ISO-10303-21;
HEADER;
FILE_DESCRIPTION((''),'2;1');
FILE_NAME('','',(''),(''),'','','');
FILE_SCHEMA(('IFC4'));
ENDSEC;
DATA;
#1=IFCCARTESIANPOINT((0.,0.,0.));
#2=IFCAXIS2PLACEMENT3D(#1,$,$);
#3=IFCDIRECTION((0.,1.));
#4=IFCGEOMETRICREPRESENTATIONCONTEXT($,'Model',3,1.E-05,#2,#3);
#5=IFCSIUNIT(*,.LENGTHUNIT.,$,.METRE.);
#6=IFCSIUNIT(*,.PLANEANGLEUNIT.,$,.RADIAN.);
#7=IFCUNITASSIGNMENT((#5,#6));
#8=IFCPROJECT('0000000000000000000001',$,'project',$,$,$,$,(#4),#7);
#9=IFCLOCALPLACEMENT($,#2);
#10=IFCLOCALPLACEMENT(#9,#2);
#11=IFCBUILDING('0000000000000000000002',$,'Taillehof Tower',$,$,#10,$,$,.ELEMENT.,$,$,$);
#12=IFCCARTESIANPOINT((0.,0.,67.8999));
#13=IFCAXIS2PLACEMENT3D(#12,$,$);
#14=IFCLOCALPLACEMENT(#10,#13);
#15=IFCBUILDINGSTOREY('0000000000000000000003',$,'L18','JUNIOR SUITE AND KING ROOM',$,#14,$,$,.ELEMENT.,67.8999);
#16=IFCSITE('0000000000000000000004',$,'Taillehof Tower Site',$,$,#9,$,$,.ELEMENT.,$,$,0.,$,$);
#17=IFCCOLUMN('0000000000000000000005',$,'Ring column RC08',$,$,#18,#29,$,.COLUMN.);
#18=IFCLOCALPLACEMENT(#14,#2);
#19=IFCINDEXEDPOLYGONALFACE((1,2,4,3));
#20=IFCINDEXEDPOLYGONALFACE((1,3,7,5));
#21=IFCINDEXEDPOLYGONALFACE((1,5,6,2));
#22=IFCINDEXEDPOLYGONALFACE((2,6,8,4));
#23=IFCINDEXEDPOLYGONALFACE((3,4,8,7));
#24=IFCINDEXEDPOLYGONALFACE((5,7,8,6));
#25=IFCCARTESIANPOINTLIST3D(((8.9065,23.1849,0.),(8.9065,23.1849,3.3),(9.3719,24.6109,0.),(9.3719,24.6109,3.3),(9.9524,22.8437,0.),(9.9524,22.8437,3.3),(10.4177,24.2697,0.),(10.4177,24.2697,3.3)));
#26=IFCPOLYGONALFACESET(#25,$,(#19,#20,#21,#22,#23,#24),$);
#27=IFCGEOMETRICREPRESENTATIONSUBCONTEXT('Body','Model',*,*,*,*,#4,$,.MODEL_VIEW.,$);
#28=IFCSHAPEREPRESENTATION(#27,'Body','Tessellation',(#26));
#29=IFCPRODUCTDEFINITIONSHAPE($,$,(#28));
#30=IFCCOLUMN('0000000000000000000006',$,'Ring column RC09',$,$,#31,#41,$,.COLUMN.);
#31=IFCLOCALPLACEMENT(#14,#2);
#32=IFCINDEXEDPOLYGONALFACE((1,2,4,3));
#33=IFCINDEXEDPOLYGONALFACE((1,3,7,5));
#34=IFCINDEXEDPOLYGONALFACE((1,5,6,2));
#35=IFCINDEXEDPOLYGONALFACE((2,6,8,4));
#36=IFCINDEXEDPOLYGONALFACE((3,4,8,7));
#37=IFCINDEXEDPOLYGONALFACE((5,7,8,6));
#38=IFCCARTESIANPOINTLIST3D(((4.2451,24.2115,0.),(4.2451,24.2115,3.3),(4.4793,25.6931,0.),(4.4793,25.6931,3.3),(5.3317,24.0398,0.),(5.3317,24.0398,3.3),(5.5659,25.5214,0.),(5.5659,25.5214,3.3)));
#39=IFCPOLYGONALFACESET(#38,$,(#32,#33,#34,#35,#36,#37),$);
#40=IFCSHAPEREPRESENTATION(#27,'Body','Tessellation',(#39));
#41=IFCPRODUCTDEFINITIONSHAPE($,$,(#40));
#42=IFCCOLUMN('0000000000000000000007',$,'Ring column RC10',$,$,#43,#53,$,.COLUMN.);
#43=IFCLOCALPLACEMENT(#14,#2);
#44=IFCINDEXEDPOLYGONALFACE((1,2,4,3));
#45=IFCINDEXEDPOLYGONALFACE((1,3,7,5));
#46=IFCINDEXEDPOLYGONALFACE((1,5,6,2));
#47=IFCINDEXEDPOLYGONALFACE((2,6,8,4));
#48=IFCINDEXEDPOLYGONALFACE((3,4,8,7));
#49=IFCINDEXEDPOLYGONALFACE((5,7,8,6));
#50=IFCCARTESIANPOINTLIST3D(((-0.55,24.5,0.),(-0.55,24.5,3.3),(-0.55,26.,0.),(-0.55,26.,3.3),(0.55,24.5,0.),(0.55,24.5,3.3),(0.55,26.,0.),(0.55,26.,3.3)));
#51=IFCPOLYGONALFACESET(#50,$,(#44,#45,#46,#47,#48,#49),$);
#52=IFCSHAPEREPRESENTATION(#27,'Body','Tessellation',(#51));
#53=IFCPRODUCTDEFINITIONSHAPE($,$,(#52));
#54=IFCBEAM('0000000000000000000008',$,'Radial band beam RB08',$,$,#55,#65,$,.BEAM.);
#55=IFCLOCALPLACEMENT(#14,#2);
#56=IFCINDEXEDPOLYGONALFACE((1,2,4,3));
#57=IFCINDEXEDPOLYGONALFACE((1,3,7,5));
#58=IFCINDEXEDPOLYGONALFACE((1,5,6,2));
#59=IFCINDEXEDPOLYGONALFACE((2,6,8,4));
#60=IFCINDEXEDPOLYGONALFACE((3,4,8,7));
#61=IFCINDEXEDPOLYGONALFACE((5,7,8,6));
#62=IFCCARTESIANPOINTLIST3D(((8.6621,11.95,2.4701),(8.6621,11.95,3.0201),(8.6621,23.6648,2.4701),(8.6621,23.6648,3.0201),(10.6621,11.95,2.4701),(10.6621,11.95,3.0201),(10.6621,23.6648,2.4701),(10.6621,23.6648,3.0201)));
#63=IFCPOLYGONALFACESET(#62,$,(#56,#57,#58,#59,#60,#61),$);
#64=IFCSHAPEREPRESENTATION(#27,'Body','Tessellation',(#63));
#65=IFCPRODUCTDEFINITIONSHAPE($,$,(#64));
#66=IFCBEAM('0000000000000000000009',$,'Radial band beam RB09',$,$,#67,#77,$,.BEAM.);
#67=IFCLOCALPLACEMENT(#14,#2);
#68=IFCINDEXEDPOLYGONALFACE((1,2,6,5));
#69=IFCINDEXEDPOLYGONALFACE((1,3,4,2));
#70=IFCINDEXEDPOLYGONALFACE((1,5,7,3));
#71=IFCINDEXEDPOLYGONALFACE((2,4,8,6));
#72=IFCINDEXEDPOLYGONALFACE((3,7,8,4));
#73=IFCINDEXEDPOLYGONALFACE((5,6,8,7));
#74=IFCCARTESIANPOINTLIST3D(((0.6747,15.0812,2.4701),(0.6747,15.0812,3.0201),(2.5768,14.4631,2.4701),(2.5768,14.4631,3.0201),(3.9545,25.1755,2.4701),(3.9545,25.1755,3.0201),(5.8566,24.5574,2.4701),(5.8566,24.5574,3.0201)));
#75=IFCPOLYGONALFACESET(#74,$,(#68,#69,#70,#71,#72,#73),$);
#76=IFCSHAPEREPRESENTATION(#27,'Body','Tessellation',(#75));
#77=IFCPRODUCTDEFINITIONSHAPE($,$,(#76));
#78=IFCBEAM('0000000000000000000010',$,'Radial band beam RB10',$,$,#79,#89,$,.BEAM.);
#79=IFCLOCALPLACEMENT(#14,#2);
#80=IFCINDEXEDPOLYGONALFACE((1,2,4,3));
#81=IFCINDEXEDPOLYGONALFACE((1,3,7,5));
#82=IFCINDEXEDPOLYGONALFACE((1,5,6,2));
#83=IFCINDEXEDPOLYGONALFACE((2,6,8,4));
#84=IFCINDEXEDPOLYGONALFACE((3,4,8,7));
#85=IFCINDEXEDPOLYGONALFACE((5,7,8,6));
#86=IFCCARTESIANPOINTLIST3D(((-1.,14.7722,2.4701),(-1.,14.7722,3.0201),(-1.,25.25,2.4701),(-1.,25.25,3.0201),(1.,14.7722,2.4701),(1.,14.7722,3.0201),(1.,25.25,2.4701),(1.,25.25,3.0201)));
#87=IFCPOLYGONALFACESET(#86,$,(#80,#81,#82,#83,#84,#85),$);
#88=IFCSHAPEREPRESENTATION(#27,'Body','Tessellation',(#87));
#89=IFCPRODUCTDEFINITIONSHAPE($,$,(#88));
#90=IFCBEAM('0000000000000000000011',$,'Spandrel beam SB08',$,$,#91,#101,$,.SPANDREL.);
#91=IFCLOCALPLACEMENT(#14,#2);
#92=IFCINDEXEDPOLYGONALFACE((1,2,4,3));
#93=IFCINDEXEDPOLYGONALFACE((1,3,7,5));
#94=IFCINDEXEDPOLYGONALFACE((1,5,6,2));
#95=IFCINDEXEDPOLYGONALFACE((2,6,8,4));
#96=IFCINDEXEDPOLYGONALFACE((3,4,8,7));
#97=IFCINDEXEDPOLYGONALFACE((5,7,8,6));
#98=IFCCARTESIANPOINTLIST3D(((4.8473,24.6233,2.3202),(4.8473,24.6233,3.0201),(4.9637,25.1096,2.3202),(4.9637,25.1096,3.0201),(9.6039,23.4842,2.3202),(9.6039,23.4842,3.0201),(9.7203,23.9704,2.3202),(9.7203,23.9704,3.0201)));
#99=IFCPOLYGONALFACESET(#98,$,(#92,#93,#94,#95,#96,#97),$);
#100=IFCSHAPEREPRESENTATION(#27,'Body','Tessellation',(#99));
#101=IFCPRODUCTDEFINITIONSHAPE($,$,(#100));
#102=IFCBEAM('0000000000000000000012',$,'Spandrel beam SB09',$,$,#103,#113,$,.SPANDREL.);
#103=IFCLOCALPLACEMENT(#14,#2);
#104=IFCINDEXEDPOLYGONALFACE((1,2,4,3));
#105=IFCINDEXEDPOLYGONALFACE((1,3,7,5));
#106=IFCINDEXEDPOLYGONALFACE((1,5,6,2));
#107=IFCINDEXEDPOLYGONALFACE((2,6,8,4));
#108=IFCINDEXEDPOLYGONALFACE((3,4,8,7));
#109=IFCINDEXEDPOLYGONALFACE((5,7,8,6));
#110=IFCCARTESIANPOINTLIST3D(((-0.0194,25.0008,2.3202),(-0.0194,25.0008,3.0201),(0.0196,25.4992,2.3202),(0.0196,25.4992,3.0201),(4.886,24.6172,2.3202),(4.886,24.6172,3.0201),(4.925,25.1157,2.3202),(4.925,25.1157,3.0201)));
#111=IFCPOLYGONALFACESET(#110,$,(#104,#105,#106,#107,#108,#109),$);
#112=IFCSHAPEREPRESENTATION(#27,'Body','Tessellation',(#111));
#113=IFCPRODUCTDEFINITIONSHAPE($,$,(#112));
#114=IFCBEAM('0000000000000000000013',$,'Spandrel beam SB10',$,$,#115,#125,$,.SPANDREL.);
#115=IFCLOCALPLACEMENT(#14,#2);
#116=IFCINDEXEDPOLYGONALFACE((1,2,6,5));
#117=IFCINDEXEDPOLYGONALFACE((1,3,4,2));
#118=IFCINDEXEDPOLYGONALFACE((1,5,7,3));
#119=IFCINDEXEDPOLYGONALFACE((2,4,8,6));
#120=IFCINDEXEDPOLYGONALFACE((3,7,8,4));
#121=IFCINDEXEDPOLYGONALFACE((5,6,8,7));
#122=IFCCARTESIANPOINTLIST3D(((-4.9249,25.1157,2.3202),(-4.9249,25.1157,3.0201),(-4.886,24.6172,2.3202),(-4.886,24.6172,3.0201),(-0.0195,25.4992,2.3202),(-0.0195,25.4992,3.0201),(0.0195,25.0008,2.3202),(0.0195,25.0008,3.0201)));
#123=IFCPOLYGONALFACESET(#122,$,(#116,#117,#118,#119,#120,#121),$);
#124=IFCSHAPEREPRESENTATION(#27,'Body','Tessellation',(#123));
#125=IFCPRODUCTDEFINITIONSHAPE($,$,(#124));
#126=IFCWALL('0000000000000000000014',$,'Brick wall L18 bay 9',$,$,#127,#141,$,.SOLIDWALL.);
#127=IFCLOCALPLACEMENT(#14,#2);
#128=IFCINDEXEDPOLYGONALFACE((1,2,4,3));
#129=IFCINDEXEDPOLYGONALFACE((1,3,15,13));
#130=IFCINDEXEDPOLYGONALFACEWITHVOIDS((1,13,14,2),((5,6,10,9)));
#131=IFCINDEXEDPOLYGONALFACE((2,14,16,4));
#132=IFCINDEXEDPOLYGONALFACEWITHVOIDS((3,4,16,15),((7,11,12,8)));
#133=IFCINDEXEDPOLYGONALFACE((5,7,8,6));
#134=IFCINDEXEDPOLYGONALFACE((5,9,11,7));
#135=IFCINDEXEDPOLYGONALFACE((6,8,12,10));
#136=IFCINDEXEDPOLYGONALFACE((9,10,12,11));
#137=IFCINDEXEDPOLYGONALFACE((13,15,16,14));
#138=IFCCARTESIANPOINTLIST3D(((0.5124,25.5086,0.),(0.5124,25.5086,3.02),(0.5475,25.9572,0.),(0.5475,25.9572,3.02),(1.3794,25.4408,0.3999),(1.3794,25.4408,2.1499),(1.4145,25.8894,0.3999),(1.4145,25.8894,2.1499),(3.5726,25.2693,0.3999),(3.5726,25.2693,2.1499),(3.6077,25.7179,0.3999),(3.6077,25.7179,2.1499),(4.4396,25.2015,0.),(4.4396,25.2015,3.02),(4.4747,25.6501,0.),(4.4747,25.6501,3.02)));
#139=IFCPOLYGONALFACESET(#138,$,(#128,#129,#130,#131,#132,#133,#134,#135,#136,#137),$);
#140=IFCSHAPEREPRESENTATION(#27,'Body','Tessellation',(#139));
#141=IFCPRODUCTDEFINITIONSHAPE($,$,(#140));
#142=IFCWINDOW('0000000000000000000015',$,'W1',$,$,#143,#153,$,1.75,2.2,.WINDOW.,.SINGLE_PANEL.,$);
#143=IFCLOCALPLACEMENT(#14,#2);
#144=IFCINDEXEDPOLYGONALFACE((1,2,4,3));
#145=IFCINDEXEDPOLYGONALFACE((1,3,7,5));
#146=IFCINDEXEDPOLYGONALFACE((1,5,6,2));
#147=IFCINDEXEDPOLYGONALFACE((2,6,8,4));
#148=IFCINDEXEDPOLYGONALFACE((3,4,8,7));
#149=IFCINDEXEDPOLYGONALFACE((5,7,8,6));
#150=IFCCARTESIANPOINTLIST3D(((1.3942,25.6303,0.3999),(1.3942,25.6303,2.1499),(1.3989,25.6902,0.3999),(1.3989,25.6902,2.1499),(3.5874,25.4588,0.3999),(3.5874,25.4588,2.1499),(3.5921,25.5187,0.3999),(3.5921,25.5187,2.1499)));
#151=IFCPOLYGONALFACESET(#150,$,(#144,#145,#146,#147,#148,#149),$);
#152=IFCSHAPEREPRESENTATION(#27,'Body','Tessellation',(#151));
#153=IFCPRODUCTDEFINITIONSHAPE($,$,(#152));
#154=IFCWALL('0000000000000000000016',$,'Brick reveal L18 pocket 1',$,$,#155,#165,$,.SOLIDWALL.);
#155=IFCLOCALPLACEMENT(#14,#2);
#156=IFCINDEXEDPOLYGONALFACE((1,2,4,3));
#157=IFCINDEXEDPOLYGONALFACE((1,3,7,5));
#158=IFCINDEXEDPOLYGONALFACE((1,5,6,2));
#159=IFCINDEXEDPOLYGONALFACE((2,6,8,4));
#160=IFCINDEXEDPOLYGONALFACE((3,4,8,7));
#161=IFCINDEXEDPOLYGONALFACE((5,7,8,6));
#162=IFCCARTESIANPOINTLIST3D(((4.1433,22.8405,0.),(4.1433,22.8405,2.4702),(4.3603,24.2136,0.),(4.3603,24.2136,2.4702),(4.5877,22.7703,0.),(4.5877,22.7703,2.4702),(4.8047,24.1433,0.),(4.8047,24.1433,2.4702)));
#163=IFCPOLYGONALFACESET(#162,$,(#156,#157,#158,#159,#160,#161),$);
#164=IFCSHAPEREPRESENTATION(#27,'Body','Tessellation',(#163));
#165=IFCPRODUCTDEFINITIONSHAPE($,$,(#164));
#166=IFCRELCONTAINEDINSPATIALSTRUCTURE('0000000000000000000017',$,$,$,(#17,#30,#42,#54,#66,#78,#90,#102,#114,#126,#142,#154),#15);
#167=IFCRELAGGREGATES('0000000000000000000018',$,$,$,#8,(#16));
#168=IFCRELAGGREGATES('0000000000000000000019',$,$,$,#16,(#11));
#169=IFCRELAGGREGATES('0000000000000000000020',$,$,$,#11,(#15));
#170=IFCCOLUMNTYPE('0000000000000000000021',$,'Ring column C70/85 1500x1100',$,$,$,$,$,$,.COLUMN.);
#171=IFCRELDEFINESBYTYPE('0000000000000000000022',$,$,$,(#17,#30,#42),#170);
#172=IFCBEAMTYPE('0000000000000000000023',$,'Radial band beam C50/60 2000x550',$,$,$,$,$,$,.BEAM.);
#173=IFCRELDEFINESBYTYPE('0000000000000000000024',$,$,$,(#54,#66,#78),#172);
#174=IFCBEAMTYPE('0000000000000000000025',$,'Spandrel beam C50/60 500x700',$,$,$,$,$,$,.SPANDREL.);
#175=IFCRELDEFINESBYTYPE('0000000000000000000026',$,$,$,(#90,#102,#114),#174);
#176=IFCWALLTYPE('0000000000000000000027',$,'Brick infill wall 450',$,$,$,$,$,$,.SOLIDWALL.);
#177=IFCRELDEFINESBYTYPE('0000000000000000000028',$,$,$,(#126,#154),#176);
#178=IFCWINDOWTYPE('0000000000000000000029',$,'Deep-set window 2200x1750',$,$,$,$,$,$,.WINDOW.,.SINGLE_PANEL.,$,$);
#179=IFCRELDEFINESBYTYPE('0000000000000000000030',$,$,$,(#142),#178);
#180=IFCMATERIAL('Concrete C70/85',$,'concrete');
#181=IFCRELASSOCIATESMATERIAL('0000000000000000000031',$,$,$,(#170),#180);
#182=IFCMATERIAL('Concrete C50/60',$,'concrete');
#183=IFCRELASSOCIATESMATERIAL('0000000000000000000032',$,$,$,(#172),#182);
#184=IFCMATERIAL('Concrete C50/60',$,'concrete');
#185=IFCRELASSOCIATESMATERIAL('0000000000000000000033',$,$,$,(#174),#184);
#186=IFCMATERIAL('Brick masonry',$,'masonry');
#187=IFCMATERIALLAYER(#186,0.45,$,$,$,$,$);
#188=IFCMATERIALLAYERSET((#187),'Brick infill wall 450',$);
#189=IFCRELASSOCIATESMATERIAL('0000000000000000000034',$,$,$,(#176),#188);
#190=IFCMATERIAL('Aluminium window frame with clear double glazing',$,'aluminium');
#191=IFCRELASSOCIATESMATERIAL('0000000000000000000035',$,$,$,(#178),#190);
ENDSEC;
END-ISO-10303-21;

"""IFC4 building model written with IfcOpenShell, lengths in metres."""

from ifc_helpers import new_model, si_unit, direction, frame, frame_2d, origin, origin_2d, place, context, subcontext, project, spatial, rectangle, extrude, material, layer, layer_set, material_profile, profile_set, type_object, element, fill, save


model = new_model("IFC4")

# Units and contexts
model_context = context("Model", 3, precision=1e-05, world=origin(), true_north=direction((0.0, 1.0)))
body_context = subcontext(model_context, "Body", "Model", "MODEL_VIEW")
ifc_project = project(units=[si_unit("LENGTHUNIT", "METRE"), si_unit("PLANEANGLEUNIT", "RADIAN")], contexts=[model_context])

# Site, building, storey
site_placement = place(None, origin())
site = spatial("IfcSite", under=ifc_project, at=site_placement, Name="Taillehof Tower Site", CompositionType="ELEMENT", RefElevation=0.0)
building_placement = place(site_placement, origin())
building = spatial("IfcBuilding", under=site, at=building_placement, Name="Taillehof Tower", CompositionType="ELEMENT")
storey_placement = place(building_placement, frame((0.0, 0.0, 67.8999)))
storey = spatial("IfcBuildingStorey", under=building, at=storey_placement, Name="L18", Description="JUNIOR SUITE AND KING ROOM", CompositionType="ELEMENT", Elevation=67.8999)

# Columns
ifc_material_1 = material(Name="Concrete C70/85", Category="concrete")
ifc_material_profile_1 = material_profile(ifc_material_1, rectangle(XDim=1.5, YDim=1.1001, at=origin_2d()), Name="RC 1500x1100")
ifc_profile_set_1 = profile_set([ifc_material_profile_1], Name="Concrete C70/85")
column_type = type_object("IfcColumnType", Name="Ring column C70/85 1500x1100", PredefinedType="COLUMN", material=ifc_profile_set_1)
for number, where, z_axis, x_axis, name in (
    (1, (9.6621, 23.7273, 0.0), (0.0, 0.0, 1.0), (0.310219, 0.950665, 0.0), "Ring column RC08"),
    (2, (4.9055, 24.8665, 0.0), (0.0, 0.0, 1.0), (0.156147, 0.987734, 0.0), "Ring column RC09"),
    (3, (0.0, 25.25, 0.0), (0.0, 0.0, 1.0), (0.0, 1.0, 0.0), "Ring column RC10"),
):
    element("IfcColumn", number, at=place(storey_placement, frame(where, z_axis=z_axis, x_axis=x_axis)), inside=storey, type_object=column_type, Name=name, PredefinedType="COLUMN", context=body_context, shape_type="SweptSolid", body=[
        extrude(rectangle(XDim=1.5, YDim=1.1001, at=origin_2d()), origin(), (0.0, 0.0, 1.0), 3.3),
    ])

# Beams
ifc_material_2 = material(Name="Concrete C50/60", Category="concrete")
ifc_material_profile_2 = material_profile(ifc_material_2, rectangle(XDim=2.0, YDim=0.55, at=origin_2d()), Name="RC 2000x550")
ifc_profile_set_2 = profile_set([ifc_material_profile_2], Name="Concrete C50/60")
beam_type_1 = type_object("IfcBeamType", Name="Radial band beam C50/60 2000x550", PredefinedType="BEAM", material=ifc_profile_set_2)
beam_1_placement = place(storey_placement, frame((9.6621, 23.6648, 2.7451), z_axis=(0.0, -1.0, 0.0), x_axis=(1.0, 0.0, 0.0)))
element("IfcBeam", 4, at=beam_1_placement, inside=storey, type_object=beam_type_1, Name="Radial band beam RB08", PredefinedType="BEAM", context=body_context, shape_type="SweptSolid", body=[
    extrude(rectangle(XDim=2.0, YDim=0.55, at=origin_2d()), origin(), (0.0, 0.0, 1.0), 11.7148),
])
beam_2_placement = place(storey_placement, frame((4.9055, 24.8665, 2.7451), z_axis=(-0.309014, -0.951057, 0.0), x_axis=(0.951057, -0.309014, 0.0)))
element("IfcBeam", 5, at=beam_2_placement, inside=storey, type_object=beam_type_1, Name="Radial band beam RB09", PredefinedType="BEAM", context=body_context, shape_type="SweptSolid", body=[
    extrude(rectangle(XDim=2.0, YDim=0.55, at=origin_2d()), origin(), (0.0, 0.0, 1.0), 10.6138),
])
beam_3_placement = place(storey_placement, frame((0.0, 25.25, 2.7451), z_axis=(0.0, -1.0, 0.0), x_axis=(1.0, 0.0, 0.0)))
element("IfcBeam", 6, at=beam_3_placement, inside=storey, type_object=beam_type_1, Name="Radial band beam RB10", PredefinedType="BEAM", context=body_context, shape_type="SweptSolid", body=[
    extrude(rectangle(XDim=2.0, YDim=0.55, at=origin_2d()), origin(), (0.0, 0.0, 1.0), 10.4778),
])
ifc_material_3 = material(Name="Concrete C50/60", Category="concrete")
ifc_material_profile_3 = material_profile(ifc_material_3, rectangle(XDim=0.5, YDim=0.7, at=origin_2d()), Name="RC 500x700")
ifc_profile_set_3 = profile_set([ifc_material_profile_3], Name="Concrete C50/60")
beam_type_2 = type_object("IfcBeamType", Name="Spandrel beam C50/60 500x700", PredefinedType="SPANDREL", material=ifc_profile_set_3)
beam_4_placement = place(storey_placement, frame((9.6621, 23.7273, 2.6702), z_axis=(-0.9725, 0.232905, 0.0), x_axis=(-0.232905, -0.9725, 0.0)))
element("IfcBeam", 7, at=beam_4_placement, inside=storey, type_object=beam_type_2, Name="Spandrel beam SB08", PredefinedType="SPANDREL", context=body_context, shape_type="SweptSolid", body=[
    extrude(rectangle(XDim=0.5, YDim=0.7, at=origin_2d()), origin(), (0.0, 0.0, 1.0), 4.8911),
])
for number, where, z_axis, x_axis, name in (
    (8, (4.9055, 24.8665, 2.6702), (-0.996957, 0.077949, 0.0), (-0.077949, -0.996957, 0.0), "Spandrel beam SB09"),
    (9, (0.0, 25.25, 2.6702), (-0.996957, -0.077949, 0.0), (0.077949, -0.996957, 0.0), "Spandrel beam SB10"),
):
    element("IfcBeam", number, at=place(storey_placement, frame(where, z_axis=z_axis, x_axis=x_axis)), inside=storey, type_object=beam_type_2, Name=name, PredefinedType="SPANDREL", context=body_context, shape_type="SweptSolid", body=[
        extrude(rectangle(XDim=0.5, YDim=0.7, at=origin_2d()), origin(), (0.0, 0.0, 1.0), 4.9204),
    ])

# Wall, opening, window
ifc_material_4 = material(Name="Brick masonry", Category="masonry")
ifc_layer_1 = layer(ifc_material_4, 0.45)
ifc_layer_set_1 = layer_set([ifc_layer_1], Name="Brick infill wall 450")
wall_type_1 = type_object("IfcWallType", Name="Brick infill wall 450", PredefinedType="SOLIDWALL", material=ifc_layer_set_1)
wall_1_placement = place(storey_placement, frame((4.4573, 25.4258, 0.0), z_axis=(0.0, 0.0, 1.0), x_axis=(-0.996956, 0.077967, 0.0)))
wall_1 = element("IfcWall", 10, at=wall_1_placement, inside=storey, type_object=wall_type_1, Name="Brick wall L18 bay 9", PredefinedType="SOLIDWALL", context=body_context, shape_type="SweptSolid", body=[
    extrude(rectangle(XDim=3.9392, YDim=0.45, at=frame_2d((1.9697, 0.0))), origin(), (0.0, 0.0, 1.0), 3.02),
])
opening_1_placement = place(wall_1_placement, frame((0.8696, 0.0, 0.3999)))
opening_1 = element("IfcOpeningElement", 11, at=opening_1_placement, cuts=wall_1, PredefinedType="OPENING", context=body_context, shape_type="SweptSolid", body=[
    extrude(rectangle(XDim=2.2, YDim=1.75, at=frame_2d((1.1001, 0.875))), frame((0.0, 0.2349, 0.0), z_axis=(0.0, -1.0, 0.0), x_axis=(1.0, 0.0, 0.0)), (0.0, 0.0, 1.0), 0.47),
])
ifc_material_5 = material(Name="Aluminium window frame with clear double glazing", Category="aluminium")
window_type_1 = type_object("IfcWindowType", Name="Deep-set window 2200x1750", PartitioningType="SINGLE_PANEL", PredefinedType="WINDOW", material=ifc_material_5)
window_1_placement = place(opening_1_placement, origin())
window_1 = element("IfcWindow", 12, at=window_1_placement, inside=storey, type_object=window_type_1, Name="W1", OverallHeight=1.75, OverallWidth=2.2, PartitioningType="SINGLE_PANEL", PredefinedType="WINDOW", context=body_context, shape_type="SweptSolid", body=[
    extrude(rectangle(XDim=2.2, YDim=1.75, at=frame_2d((1.1001, 0.875))), frame((0.0, 0.0349, 0.0), z_axis=(0.0, -1.0, 0.0), x_axis=(1.0, 0.0, 0.0)), (0.0, 0.0, 1.0), 0.0601),
])
fill(opening_1, window_1)

# Wall
wall_2_placement = place(storey_placement, frame((4.5825, 24.1785, 0.0), z_axis=(0.0, 0.0, 1.0), x_axis=(-0.156134, -0.987736, 0.0)))
element("IfcWall", 13, at=wall_2_placement, inside=storey, type_object=wall_type_1, Name="Brick reveal L18 pocket 1", PredefinedType="SOLIDWALL", context=body_context, shape_type="SweptSolid", body=[
    extrude(rectangle(XDim=1.3901, YDim=0.45, at=frame_2d((0.6951, 0.0))), origin(), (0.0, 0.0, 1.0), 2.4702),
])

save(model, "model.ifc")
